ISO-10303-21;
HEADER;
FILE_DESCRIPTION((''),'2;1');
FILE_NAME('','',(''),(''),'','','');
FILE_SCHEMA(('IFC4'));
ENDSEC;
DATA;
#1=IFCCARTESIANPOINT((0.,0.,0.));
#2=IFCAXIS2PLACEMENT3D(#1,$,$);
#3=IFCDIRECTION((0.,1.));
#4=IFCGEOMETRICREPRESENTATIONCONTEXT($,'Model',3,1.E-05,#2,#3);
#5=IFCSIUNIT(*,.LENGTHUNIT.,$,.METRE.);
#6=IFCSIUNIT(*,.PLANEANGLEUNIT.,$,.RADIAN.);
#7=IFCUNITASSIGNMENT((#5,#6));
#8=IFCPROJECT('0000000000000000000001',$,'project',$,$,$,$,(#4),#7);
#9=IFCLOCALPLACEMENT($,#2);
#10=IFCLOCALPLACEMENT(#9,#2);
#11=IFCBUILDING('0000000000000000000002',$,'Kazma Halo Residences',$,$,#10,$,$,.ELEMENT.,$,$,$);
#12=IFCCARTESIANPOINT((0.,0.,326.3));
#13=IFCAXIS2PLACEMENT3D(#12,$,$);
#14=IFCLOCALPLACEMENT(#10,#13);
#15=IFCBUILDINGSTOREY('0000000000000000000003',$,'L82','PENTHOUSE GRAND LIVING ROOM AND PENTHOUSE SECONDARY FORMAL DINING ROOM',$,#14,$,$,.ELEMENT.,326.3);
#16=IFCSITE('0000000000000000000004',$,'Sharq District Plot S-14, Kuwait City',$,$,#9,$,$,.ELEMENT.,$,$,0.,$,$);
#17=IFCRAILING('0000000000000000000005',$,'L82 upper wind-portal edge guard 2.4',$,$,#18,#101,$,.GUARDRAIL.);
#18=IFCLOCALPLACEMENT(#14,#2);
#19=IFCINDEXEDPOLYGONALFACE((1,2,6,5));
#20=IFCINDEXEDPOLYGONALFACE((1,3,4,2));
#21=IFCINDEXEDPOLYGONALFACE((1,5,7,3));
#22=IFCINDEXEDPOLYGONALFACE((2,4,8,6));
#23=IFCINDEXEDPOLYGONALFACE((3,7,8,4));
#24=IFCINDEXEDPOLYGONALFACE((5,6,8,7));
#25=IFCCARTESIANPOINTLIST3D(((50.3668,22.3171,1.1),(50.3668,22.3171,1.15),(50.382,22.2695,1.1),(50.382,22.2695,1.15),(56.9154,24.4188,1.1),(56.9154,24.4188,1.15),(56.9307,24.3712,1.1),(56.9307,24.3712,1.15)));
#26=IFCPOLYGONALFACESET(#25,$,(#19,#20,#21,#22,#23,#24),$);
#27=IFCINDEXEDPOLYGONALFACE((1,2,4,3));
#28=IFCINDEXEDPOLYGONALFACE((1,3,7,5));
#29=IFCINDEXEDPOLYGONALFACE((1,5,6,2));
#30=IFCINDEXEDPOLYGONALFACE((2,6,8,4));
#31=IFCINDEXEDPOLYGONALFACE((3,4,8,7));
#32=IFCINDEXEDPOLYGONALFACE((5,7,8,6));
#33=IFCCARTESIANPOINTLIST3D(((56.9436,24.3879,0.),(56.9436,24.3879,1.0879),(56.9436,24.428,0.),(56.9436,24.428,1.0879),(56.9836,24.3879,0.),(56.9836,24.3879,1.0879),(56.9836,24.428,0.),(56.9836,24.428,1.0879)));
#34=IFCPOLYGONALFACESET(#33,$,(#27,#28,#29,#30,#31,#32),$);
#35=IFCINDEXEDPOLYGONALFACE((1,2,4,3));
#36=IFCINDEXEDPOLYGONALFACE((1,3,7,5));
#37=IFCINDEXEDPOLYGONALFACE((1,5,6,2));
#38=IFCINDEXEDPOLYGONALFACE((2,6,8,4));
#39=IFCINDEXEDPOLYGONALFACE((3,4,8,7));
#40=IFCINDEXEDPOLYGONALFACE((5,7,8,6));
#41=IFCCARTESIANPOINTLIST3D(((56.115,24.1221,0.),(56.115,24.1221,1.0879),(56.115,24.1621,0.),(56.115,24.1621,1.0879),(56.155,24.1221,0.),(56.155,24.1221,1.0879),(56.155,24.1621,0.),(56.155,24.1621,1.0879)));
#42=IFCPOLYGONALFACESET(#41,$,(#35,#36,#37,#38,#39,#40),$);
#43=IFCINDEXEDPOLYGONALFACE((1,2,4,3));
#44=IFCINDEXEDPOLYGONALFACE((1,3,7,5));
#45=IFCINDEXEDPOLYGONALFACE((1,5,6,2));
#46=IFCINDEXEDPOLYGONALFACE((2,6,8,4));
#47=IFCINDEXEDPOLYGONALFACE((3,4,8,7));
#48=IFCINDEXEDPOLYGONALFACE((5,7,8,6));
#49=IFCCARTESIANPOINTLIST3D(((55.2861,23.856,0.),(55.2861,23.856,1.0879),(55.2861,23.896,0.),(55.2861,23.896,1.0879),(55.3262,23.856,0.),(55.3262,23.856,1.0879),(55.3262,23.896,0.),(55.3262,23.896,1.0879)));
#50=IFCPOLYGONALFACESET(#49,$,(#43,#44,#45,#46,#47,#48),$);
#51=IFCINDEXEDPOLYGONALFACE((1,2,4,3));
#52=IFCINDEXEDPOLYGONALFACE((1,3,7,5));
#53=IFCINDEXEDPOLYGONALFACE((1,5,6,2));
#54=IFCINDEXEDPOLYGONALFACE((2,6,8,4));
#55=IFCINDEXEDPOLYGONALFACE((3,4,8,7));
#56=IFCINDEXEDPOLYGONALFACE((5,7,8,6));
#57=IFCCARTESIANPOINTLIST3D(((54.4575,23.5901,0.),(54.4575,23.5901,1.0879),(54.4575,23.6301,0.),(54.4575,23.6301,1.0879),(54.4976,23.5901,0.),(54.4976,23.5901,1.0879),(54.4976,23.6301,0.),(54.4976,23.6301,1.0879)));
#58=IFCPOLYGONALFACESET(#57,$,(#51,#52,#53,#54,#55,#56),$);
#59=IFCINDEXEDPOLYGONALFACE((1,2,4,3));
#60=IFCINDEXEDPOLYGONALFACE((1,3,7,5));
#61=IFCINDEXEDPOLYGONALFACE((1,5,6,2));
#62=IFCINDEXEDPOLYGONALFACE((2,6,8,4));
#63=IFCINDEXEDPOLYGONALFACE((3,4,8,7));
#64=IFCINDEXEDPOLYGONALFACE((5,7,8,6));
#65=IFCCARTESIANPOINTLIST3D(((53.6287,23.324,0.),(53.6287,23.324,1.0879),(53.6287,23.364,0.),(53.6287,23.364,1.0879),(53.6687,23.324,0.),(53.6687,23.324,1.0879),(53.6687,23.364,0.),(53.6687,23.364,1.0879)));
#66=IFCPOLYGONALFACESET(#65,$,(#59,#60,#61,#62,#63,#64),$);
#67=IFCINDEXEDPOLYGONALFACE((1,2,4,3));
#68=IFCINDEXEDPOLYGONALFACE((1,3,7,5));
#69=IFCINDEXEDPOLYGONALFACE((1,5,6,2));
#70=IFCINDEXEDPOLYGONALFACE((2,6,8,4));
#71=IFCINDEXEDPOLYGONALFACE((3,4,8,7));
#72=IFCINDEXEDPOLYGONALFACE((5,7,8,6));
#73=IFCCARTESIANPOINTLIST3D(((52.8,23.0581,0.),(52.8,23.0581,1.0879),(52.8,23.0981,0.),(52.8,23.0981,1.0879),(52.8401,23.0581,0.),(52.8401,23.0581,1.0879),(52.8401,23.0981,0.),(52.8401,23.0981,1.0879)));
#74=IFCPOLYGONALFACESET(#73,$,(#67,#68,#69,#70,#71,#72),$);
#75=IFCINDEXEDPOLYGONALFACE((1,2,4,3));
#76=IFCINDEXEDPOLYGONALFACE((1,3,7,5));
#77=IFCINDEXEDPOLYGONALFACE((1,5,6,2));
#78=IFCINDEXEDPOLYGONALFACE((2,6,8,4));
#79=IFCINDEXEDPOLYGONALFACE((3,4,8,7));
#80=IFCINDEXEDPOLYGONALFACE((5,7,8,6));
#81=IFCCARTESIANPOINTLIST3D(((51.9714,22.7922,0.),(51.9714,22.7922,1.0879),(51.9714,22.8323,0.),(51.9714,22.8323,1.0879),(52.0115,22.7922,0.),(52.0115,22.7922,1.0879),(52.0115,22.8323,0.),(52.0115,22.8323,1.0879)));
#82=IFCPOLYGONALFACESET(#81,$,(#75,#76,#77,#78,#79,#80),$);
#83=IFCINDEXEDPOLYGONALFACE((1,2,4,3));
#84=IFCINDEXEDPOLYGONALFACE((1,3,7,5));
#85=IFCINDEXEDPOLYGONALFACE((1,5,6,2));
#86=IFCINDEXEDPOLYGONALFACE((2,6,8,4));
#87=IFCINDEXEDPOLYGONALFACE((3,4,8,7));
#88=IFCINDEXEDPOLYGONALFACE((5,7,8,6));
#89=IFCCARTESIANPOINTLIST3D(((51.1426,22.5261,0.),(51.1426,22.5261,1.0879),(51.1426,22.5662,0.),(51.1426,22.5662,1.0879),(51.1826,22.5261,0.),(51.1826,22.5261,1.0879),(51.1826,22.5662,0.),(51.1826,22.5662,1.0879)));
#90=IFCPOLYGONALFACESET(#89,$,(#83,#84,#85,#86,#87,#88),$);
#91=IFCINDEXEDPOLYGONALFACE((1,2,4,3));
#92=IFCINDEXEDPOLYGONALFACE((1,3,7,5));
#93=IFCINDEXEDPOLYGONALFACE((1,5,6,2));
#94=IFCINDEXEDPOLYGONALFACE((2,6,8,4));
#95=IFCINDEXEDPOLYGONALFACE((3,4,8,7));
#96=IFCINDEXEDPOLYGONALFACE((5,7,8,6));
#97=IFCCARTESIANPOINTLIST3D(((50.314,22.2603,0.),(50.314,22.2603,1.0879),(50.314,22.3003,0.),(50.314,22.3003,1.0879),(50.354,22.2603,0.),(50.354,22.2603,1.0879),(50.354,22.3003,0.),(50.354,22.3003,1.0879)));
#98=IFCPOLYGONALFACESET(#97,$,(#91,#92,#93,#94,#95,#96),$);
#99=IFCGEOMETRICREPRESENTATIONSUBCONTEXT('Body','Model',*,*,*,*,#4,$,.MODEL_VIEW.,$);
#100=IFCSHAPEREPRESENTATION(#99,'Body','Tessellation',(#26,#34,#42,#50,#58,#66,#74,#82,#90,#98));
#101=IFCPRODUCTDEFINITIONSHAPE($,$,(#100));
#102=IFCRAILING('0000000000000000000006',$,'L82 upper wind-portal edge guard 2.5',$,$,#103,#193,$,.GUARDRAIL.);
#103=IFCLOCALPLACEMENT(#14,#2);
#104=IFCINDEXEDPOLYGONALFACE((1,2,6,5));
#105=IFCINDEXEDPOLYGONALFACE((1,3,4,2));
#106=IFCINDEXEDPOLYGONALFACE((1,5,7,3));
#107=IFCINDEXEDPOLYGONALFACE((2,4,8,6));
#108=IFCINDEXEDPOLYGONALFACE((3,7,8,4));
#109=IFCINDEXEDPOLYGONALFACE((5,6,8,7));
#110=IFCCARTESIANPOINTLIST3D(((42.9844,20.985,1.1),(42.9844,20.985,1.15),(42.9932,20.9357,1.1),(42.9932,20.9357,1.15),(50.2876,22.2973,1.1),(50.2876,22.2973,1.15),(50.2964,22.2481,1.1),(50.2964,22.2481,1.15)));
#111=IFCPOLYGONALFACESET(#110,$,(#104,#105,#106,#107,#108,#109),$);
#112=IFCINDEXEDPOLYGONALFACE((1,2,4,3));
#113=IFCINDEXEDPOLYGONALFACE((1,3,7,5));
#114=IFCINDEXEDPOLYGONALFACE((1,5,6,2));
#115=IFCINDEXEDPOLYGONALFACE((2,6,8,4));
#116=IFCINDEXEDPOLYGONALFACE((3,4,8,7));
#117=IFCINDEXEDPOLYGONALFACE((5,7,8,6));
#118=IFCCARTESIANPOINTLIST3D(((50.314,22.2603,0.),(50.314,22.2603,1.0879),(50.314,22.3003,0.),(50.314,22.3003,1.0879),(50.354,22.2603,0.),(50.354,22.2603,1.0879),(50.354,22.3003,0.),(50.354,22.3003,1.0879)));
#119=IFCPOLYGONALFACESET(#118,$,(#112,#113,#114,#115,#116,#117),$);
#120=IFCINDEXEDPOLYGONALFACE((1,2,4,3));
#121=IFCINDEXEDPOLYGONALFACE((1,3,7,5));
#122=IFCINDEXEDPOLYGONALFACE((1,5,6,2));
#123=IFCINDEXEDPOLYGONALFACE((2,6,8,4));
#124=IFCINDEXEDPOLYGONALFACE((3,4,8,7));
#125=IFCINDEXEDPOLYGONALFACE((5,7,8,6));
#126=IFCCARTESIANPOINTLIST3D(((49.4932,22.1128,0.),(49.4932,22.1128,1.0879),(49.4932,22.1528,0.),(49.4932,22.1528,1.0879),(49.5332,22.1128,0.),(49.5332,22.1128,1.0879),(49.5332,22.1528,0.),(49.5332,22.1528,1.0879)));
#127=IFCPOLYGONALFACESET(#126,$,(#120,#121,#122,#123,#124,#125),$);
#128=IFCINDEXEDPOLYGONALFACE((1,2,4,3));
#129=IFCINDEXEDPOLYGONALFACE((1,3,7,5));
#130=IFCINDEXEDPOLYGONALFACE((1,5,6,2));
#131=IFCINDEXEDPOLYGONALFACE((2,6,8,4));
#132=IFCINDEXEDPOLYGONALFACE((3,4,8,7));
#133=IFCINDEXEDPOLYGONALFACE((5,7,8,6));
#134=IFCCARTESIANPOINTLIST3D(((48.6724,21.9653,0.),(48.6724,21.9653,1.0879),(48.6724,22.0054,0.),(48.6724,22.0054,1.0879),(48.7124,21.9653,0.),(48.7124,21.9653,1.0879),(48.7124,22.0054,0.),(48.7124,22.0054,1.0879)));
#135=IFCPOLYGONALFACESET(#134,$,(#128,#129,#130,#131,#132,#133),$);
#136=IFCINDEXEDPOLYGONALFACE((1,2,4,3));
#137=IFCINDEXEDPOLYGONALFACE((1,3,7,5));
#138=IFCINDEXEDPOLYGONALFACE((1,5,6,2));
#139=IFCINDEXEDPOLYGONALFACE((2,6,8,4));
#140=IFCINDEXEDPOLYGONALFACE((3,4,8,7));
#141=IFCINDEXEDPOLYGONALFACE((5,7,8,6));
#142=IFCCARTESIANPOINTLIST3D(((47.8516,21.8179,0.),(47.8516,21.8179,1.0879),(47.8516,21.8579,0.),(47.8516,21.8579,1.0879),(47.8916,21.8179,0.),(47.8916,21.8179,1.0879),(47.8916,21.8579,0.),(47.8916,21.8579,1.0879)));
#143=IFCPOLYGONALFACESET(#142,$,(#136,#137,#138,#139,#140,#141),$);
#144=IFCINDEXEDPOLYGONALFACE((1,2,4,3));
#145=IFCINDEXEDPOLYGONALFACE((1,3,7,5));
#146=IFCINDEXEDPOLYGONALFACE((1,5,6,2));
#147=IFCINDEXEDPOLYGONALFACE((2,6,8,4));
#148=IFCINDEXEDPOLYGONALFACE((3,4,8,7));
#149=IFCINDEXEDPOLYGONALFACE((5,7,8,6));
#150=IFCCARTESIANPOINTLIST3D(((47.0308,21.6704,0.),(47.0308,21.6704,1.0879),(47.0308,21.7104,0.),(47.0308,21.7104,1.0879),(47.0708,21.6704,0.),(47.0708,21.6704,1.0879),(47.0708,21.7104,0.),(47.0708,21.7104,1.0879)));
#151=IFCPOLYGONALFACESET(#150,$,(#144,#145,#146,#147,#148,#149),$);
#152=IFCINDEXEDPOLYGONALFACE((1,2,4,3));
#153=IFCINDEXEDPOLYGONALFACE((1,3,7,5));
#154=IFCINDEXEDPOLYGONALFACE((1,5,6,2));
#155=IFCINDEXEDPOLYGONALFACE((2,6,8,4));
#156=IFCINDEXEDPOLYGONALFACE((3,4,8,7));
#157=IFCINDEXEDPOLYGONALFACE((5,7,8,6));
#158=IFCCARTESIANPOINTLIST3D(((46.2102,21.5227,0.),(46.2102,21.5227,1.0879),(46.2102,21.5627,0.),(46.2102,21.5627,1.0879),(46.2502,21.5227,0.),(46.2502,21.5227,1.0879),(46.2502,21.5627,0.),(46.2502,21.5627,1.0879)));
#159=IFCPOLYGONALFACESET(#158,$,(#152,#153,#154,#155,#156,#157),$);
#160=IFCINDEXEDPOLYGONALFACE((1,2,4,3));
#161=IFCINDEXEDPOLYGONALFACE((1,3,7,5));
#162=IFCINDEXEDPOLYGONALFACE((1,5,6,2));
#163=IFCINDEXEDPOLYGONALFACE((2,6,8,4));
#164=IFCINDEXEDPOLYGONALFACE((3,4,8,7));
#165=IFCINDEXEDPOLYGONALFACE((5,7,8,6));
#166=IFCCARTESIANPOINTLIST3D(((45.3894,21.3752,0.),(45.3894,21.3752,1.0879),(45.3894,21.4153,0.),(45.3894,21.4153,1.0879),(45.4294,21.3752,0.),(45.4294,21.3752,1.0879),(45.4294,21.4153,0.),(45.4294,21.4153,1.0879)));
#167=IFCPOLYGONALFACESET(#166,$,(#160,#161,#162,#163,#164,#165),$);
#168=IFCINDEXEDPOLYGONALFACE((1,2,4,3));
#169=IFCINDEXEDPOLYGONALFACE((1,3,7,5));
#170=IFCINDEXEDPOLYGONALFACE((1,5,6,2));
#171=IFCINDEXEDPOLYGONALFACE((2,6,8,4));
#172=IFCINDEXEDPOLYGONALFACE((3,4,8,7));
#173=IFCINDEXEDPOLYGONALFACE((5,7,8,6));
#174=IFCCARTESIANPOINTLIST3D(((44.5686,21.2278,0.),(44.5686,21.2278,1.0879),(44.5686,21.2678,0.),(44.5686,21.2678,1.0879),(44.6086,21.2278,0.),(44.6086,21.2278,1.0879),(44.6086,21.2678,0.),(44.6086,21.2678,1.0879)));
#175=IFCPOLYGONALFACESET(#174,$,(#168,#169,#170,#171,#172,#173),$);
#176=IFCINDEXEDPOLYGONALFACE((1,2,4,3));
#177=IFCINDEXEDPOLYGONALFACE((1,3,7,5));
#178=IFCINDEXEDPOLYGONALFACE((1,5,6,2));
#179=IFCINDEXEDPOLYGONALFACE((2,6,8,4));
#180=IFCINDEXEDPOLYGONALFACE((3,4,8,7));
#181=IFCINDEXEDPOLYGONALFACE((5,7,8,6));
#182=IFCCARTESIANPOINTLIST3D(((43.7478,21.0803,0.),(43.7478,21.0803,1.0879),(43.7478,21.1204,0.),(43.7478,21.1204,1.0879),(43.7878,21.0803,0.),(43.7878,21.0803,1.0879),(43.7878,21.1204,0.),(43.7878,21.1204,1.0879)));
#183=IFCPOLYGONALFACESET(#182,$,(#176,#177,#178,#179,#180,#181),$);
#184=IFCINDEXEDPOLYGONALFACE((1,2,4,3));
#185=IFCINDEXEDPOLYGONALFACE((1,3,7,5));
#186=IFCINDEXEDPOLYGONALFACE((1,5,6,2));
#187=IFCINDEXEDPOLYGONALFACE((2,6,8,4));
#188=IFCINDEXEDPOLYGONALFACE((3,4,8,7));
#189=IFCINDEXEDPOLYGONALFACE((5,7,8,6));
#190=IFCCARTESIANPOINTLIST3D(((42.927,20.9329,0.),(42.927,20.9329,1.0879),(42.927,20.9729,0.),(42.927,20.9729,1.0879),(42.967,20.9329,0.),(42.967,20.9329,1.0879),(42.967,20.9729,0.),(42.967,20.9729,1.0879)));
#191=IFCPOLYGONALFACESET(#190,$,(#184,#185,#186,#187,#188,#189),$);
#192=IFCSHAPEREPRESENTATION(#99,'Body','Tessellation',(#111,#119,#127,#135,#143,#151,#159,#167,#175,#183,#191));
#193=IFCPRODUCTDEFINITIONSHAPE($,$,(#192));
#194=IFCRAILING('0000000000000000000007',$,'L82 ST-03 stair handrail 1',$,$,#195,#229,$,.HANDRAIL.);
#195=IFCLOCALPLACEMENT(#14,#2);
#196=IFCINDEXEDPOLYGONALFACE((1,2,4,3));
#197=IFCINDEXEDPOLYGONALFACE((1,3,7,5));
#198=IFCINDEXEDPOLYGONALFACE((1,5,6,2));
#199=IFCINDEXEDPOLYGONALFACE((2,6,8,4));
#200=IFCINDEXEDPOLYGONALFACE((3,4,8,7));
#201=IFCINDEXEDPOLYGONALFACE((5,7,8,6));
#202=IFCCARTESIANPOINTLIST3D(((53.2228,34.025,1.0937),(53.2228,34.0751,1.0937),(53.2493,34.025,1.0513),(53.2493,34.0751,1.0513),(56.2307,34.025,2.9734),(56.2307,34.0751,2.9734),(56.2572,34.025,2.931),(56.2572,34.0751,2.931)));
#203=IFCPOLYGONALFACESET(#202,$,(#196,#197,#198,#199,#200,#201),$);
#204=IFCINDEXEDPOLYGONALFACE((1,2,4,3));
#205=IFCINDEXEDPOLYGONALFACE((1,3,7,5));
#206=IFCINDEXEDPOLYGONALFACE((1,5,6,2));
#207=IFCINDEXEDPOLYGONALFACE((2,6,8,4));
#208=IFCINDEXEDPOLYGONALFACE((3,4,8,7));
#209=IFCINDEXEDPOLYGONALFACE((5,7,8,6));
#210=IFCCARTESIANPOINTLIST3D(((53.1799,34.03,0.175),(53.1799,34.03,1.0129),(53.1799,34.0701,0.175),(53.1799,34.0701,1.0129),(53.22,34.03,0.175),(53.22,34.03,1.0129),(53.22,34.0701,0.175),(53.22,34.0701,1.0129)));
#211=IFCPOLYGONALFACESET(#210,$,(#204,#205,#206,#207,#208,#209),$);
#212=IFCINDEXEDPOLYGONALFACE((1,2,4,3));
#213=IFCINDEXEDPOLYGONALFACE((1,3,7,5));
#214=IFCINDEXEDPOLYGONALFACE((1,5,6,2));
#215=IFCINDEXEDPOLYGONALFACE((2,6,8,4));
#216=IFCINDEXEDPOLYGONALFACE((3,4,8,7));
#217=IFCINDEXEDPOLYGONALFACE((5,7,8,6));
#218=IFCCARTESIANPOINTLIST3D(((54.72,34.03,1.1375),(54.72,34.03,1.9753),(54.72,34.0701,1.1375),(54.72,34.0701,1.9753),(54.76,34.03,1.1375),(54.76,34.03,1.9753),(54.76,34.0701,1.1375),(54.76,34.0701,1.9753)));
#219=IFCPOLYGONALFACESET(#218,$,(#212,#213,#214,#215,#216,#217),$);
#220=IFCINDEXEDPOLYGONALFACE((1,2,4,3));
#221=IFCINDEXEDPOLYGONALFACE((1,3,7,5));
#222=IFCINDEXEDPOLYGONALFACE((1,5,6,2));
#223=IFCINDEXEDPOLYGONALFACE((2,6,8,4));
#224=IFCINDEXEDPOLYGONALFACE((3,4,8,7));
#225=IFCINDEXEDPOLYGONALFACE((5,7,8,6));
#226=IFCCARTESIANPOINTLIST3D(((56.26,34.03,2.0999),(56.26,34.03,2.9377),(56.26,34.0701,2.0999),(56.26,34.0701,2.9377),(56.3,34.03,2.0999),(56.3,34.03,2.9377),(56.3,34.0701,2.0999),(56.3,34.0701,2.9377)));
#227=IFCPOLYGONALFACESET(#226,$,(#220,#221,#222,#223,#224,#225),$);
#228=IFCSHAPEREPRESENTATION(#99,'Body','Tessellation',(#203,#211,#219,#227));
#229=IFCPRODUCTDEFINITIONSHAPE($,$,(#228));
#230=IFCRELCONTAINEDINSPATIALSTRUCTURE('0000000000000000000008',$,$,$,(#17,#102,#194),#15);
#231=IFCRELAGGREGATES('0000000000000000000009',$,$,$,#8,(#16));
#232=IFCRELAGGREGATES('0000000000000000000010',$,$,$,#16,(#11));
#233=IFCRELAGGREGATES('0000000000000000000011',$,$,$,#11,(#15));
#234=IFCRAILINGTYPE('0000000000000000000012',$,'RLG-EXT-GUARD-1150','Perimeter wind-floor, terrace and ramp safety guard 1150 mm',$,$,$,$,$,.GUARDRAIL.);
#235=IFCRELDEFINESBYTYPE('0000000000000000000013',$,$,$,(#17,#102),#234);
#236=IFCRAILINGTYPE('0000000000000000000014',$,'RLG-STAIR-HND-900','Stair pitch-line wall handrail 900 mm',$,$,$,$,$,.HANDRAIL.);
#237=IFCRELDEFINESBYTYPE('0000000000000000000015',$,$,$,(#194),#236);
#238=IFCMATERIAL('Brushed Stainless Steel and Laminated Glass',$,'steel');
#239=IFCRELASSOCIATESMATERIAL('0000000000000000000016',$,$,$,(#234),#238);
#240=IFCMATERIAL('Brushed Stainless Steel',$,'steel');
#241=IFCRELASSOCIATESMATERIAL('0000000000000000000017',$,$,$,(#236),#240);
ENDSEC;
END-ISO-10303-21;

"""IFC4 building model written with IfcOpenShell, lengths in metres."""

from ifc_helpers import new_model, si_unit, direction, frame, origin, origin_2d, place, context, subcontext, project, spatial, rectangle, extrude, material, type_object, element, save


model = new_model("IFC4")

# Units and contexts
model_context = context("Model", 3, precision=1e-05, world=origin(), true_north=direction((0.0, 1.0)))
body_context = subcontext(model_context, "Body", "Model", "MODEL_VIEW")
ifc_project = project(units=[si_unit("LENGTHUNIT", "METRE"), si_unit("PLANEANGLEUNIT", "RADIAN")], contexts=[model_context])

# Site, building, storey
site_placement = place(None, origin())
site = spatial("IfcSite", under=ifc_project, at=site_placement, Name="Sharq District Plot S-14, Kuwait City", CompositionType="ELEMENT", RefElevation=0.0)
building_placement = place(site_placement, origin())
building = spatial("IfcBuilding", under=site, at=building_placement, Name="Kazma Halo Residences", CompositionType="ELEMENT")
storey_placement = place(building_placement, frame((0.0, 0.0, 326.3)))
storey = spatial("IfcBuildingStorey", under=building, at=storey_placement, Name="L82", Description="PENTHOUSE GRAND LIVING ROOM AND PENTHOUSE SECONDARY FORMAL DINING ROOM", CompositionType="ELEMENT", Elevation=326.3)

# Railings
ifc_material_1 = material(Name="Brushed Stainless Steel and Laminated Glass", Category="steel")
railing_type_1 = type_object("IfcRailingType", Name="RLG-EXT-GUARD-1150", Description="Perimeter wind-floor, terrace and ramp safety guard 1150 mm", PredefinedType="GUARDRAIL", material=ifc_material_1)
railing_1_placement = place(storey_placement, frame((56.9636, 24.408, 0.0)))
element("IfcRailing", 1, at=railing_1_placement, inside=storey, type_object=railing_type_1, Name="L82 upper wind-portal edge guard 2.4", PredefinedType="GUARDRAIL", context=body_context, shape_type="SweptSolid", body=[
    extrude(rectangle(XDim=0.05, YDim=0.05, at=origin_2d()), frame((-0.0405, -0.0129, 1.125), z_axis=(-0.952165, -0.305584, 0.0), x_axis=(0.305584, -0.952165, 0.0)), (0.0, 0.0, 1.0), 6.8777),
    extrude(rectangle(XDim=0.04, YDim=0.04, at=origin_2d()), origin(), (0.0, 0.0, 1.0), 1.0879),
    extrude(rectangle(XDim=0.04, YDim=0.04, at=origin_2d()), frame((-0.8286, -0.2659, 0.0)), (0.0, 0.0, 1.0), 1.0879),
    extrude(rectangle(XDim=0.04, YDim=0.04, at=origin_2d()), frame((-1.6575, -0.532, 0.0)), (0.0, 0.0, 1.0), 1.0879),
    extrude(rectangle(XDim=0.04, YDim=0.04, at=origin_2d()), frame((-2.4861, -0.7979, 0.0)), (0.0, 0.0, 1.0), 1.0879),
    extrude(rectangle(XDim=0.04, YDim=0.04, at=origin_2d()), frame((-3.3149, -1.064, 0.0)), (0.0, 0.0, 1.0), 1.0879),
    extrude(rectangle(XDim=0.04, YDim=0.04, at=origin_2d()), frame((-4.1436, -1.3298, 0.0)), (0.0, 0.0, 1.0), 1.0879),
    extrude(rectangle(XDim=0.04, YDim=0.04, at=origin_2d()), frame((-4.9722, -1.5957, 0.0)), (0.0, 0.0, 1.0), 1.0879),
    extrude(rectangle(XDim=0.04, YDim=0.04, at=origin_2d()), frame((-5.801, -1.8618, 0.0)), (0.0, 0.0, 1.0), 1.0879),
    extrude(rectangle(XDim=0.04, YDim=0.04, at=origin_2d()), frame((-6.6296, -2.1277, 0.0)), (0.0, 0.0, 1.0), 1.0879),
])
railing_2_placement = place(storey_placement, frame((50.334, 22.2803, 0.0)))
element("IfcRailing", 2, at=railing_2_placement, inside=storey, type_object=railing_type_1, Name="L82 upper wind-portal edge guard 2.5", PredefinedType="GUARDRAIL", context=body_context, shape_type="SweptSolid", body=[
    extrude(rectangle(XDim=0.05, YDim=0.05, at=origin_2d()), frame((-0.042, -0.0076, 1.125), z_axis=(-0.984236, -0.176861, 0.0), x_axis=(0.176861, -0.984236, 0.0)), (0.0, 0.0, 1.0), 7.4202),
    extrude(rectangle(XDim=0.04, YDim=0.04, at=origin_2d()), origin(), (0.0, 0.0, 1.0), 1.0879),
    extrude(rectangle(XDim=0.04, YDim=0.04, at=origin_2d()), frame((-0.8208, -0.1475, 0.0)), (0.0, 0.0, 1.0), 1.0879),
    extrude(rectangle(XDim=0.04, YDim=0.04, at=origin_2d()), frame((-1.6416, -0.2949, 0.0)), (0.0, 0.0, 1.0), 1.0879),
    extrude(rectangle(XDim=0.04, YDim=0.04, at=origin_2d()), frame((-2.4624, -0.4424, 0.0)), (0.0, 0.0, 1.0), 1.0879),
    extrude(rectangle(XDim=0.04, YDim=0.04, at=origin_2d()), frame((-3.2832, -0.5898, 0.0)), (0.0, 0.0, 1.0), 1.0879),
    extrude(rectangle(XDim=0.04, YDim=0.04, at=origin_2d()), frame((-4.1038, -0.7375, 0.0)), (0.0, 0.0, 1.0), 1.0879),
    extrude(rectangle(XDim=0.04, YDim=0.04, at=origin_2d()), frame((-4.9246, -0.885, 0.0)), (0.0, 0.0, 1.0), 1.0879),
    extrude(rectangle(XDim=0.04, YDim=0.04, at=origin_2d()), frame((-5.7454, -1.0325, 0.0)), (0.0, 0.0, 1.0), 1.0879),
    extrude(rectangle(XDim=0.04, YDim=0.04, at=origin_2d()), frame((-6.5662, -1.1799, 0.0)), (0.0, 0.0, 1.0), 1.0879),
    extrude(rectangle(XDim=0.04, YDim=0.04, at=origin_2d()), frame((-7.387, -1.3274, 0.0)), (0.0, 0.0, 1.0), 1.0879),
])
ifc_material_2 = material(Name="Brushed Stainless Steel", Category="steel")
railing_type_2 = type_object("IfcRailingType", Name="RLG-STAIR-HND-900", Description="Stair pitch-line wall handrail 900 mm", PredefinedType="HANDRAIL", material=ifc_material_2)
railing_3_placement = place(storey_placement, frame((53.2, 34.05, 0.175)))
element("IfcRailing", 3, at=railing_3_placement, inside=storey, type_object=railing_type_2, Name="L82 ST-03 stair handrail 1", PredefinedType="HANDRAIL", context=body_context, shape_type="SweptSolid", body=[
    extrude(rectangle(XDim=0.05, YDim=0.05, at=origin_2d()), frame((0.0361, 0.0, 0.8975), z_axis=(0.848029, 0.0, 0.529951), x_axis=(0.0, 1.0, 0.0)), (0.0, 0.0, 1.0), 3.5469),
    extrude(rectangle(XDim=0.04, YDim=0.04, at=origin_2d()), origin(), (0.0, 0.0, 1.0), 0.8379),
    extrude(rectangle(XDim=0.04, YDim=0.04, at=origin_2d()), frame((1.54, 0.0, 0.9624)), (0.0, 0.0, 1.0), 0.8379),
    extrude(rectangle(XDim=0.04, YDim=0.04, at=origin_2d()), frame((3.0801, 0.0, 1.9248)), (0.0, 0.0, 1.0), 0.8379),
])

save(model, "model.ifc")
